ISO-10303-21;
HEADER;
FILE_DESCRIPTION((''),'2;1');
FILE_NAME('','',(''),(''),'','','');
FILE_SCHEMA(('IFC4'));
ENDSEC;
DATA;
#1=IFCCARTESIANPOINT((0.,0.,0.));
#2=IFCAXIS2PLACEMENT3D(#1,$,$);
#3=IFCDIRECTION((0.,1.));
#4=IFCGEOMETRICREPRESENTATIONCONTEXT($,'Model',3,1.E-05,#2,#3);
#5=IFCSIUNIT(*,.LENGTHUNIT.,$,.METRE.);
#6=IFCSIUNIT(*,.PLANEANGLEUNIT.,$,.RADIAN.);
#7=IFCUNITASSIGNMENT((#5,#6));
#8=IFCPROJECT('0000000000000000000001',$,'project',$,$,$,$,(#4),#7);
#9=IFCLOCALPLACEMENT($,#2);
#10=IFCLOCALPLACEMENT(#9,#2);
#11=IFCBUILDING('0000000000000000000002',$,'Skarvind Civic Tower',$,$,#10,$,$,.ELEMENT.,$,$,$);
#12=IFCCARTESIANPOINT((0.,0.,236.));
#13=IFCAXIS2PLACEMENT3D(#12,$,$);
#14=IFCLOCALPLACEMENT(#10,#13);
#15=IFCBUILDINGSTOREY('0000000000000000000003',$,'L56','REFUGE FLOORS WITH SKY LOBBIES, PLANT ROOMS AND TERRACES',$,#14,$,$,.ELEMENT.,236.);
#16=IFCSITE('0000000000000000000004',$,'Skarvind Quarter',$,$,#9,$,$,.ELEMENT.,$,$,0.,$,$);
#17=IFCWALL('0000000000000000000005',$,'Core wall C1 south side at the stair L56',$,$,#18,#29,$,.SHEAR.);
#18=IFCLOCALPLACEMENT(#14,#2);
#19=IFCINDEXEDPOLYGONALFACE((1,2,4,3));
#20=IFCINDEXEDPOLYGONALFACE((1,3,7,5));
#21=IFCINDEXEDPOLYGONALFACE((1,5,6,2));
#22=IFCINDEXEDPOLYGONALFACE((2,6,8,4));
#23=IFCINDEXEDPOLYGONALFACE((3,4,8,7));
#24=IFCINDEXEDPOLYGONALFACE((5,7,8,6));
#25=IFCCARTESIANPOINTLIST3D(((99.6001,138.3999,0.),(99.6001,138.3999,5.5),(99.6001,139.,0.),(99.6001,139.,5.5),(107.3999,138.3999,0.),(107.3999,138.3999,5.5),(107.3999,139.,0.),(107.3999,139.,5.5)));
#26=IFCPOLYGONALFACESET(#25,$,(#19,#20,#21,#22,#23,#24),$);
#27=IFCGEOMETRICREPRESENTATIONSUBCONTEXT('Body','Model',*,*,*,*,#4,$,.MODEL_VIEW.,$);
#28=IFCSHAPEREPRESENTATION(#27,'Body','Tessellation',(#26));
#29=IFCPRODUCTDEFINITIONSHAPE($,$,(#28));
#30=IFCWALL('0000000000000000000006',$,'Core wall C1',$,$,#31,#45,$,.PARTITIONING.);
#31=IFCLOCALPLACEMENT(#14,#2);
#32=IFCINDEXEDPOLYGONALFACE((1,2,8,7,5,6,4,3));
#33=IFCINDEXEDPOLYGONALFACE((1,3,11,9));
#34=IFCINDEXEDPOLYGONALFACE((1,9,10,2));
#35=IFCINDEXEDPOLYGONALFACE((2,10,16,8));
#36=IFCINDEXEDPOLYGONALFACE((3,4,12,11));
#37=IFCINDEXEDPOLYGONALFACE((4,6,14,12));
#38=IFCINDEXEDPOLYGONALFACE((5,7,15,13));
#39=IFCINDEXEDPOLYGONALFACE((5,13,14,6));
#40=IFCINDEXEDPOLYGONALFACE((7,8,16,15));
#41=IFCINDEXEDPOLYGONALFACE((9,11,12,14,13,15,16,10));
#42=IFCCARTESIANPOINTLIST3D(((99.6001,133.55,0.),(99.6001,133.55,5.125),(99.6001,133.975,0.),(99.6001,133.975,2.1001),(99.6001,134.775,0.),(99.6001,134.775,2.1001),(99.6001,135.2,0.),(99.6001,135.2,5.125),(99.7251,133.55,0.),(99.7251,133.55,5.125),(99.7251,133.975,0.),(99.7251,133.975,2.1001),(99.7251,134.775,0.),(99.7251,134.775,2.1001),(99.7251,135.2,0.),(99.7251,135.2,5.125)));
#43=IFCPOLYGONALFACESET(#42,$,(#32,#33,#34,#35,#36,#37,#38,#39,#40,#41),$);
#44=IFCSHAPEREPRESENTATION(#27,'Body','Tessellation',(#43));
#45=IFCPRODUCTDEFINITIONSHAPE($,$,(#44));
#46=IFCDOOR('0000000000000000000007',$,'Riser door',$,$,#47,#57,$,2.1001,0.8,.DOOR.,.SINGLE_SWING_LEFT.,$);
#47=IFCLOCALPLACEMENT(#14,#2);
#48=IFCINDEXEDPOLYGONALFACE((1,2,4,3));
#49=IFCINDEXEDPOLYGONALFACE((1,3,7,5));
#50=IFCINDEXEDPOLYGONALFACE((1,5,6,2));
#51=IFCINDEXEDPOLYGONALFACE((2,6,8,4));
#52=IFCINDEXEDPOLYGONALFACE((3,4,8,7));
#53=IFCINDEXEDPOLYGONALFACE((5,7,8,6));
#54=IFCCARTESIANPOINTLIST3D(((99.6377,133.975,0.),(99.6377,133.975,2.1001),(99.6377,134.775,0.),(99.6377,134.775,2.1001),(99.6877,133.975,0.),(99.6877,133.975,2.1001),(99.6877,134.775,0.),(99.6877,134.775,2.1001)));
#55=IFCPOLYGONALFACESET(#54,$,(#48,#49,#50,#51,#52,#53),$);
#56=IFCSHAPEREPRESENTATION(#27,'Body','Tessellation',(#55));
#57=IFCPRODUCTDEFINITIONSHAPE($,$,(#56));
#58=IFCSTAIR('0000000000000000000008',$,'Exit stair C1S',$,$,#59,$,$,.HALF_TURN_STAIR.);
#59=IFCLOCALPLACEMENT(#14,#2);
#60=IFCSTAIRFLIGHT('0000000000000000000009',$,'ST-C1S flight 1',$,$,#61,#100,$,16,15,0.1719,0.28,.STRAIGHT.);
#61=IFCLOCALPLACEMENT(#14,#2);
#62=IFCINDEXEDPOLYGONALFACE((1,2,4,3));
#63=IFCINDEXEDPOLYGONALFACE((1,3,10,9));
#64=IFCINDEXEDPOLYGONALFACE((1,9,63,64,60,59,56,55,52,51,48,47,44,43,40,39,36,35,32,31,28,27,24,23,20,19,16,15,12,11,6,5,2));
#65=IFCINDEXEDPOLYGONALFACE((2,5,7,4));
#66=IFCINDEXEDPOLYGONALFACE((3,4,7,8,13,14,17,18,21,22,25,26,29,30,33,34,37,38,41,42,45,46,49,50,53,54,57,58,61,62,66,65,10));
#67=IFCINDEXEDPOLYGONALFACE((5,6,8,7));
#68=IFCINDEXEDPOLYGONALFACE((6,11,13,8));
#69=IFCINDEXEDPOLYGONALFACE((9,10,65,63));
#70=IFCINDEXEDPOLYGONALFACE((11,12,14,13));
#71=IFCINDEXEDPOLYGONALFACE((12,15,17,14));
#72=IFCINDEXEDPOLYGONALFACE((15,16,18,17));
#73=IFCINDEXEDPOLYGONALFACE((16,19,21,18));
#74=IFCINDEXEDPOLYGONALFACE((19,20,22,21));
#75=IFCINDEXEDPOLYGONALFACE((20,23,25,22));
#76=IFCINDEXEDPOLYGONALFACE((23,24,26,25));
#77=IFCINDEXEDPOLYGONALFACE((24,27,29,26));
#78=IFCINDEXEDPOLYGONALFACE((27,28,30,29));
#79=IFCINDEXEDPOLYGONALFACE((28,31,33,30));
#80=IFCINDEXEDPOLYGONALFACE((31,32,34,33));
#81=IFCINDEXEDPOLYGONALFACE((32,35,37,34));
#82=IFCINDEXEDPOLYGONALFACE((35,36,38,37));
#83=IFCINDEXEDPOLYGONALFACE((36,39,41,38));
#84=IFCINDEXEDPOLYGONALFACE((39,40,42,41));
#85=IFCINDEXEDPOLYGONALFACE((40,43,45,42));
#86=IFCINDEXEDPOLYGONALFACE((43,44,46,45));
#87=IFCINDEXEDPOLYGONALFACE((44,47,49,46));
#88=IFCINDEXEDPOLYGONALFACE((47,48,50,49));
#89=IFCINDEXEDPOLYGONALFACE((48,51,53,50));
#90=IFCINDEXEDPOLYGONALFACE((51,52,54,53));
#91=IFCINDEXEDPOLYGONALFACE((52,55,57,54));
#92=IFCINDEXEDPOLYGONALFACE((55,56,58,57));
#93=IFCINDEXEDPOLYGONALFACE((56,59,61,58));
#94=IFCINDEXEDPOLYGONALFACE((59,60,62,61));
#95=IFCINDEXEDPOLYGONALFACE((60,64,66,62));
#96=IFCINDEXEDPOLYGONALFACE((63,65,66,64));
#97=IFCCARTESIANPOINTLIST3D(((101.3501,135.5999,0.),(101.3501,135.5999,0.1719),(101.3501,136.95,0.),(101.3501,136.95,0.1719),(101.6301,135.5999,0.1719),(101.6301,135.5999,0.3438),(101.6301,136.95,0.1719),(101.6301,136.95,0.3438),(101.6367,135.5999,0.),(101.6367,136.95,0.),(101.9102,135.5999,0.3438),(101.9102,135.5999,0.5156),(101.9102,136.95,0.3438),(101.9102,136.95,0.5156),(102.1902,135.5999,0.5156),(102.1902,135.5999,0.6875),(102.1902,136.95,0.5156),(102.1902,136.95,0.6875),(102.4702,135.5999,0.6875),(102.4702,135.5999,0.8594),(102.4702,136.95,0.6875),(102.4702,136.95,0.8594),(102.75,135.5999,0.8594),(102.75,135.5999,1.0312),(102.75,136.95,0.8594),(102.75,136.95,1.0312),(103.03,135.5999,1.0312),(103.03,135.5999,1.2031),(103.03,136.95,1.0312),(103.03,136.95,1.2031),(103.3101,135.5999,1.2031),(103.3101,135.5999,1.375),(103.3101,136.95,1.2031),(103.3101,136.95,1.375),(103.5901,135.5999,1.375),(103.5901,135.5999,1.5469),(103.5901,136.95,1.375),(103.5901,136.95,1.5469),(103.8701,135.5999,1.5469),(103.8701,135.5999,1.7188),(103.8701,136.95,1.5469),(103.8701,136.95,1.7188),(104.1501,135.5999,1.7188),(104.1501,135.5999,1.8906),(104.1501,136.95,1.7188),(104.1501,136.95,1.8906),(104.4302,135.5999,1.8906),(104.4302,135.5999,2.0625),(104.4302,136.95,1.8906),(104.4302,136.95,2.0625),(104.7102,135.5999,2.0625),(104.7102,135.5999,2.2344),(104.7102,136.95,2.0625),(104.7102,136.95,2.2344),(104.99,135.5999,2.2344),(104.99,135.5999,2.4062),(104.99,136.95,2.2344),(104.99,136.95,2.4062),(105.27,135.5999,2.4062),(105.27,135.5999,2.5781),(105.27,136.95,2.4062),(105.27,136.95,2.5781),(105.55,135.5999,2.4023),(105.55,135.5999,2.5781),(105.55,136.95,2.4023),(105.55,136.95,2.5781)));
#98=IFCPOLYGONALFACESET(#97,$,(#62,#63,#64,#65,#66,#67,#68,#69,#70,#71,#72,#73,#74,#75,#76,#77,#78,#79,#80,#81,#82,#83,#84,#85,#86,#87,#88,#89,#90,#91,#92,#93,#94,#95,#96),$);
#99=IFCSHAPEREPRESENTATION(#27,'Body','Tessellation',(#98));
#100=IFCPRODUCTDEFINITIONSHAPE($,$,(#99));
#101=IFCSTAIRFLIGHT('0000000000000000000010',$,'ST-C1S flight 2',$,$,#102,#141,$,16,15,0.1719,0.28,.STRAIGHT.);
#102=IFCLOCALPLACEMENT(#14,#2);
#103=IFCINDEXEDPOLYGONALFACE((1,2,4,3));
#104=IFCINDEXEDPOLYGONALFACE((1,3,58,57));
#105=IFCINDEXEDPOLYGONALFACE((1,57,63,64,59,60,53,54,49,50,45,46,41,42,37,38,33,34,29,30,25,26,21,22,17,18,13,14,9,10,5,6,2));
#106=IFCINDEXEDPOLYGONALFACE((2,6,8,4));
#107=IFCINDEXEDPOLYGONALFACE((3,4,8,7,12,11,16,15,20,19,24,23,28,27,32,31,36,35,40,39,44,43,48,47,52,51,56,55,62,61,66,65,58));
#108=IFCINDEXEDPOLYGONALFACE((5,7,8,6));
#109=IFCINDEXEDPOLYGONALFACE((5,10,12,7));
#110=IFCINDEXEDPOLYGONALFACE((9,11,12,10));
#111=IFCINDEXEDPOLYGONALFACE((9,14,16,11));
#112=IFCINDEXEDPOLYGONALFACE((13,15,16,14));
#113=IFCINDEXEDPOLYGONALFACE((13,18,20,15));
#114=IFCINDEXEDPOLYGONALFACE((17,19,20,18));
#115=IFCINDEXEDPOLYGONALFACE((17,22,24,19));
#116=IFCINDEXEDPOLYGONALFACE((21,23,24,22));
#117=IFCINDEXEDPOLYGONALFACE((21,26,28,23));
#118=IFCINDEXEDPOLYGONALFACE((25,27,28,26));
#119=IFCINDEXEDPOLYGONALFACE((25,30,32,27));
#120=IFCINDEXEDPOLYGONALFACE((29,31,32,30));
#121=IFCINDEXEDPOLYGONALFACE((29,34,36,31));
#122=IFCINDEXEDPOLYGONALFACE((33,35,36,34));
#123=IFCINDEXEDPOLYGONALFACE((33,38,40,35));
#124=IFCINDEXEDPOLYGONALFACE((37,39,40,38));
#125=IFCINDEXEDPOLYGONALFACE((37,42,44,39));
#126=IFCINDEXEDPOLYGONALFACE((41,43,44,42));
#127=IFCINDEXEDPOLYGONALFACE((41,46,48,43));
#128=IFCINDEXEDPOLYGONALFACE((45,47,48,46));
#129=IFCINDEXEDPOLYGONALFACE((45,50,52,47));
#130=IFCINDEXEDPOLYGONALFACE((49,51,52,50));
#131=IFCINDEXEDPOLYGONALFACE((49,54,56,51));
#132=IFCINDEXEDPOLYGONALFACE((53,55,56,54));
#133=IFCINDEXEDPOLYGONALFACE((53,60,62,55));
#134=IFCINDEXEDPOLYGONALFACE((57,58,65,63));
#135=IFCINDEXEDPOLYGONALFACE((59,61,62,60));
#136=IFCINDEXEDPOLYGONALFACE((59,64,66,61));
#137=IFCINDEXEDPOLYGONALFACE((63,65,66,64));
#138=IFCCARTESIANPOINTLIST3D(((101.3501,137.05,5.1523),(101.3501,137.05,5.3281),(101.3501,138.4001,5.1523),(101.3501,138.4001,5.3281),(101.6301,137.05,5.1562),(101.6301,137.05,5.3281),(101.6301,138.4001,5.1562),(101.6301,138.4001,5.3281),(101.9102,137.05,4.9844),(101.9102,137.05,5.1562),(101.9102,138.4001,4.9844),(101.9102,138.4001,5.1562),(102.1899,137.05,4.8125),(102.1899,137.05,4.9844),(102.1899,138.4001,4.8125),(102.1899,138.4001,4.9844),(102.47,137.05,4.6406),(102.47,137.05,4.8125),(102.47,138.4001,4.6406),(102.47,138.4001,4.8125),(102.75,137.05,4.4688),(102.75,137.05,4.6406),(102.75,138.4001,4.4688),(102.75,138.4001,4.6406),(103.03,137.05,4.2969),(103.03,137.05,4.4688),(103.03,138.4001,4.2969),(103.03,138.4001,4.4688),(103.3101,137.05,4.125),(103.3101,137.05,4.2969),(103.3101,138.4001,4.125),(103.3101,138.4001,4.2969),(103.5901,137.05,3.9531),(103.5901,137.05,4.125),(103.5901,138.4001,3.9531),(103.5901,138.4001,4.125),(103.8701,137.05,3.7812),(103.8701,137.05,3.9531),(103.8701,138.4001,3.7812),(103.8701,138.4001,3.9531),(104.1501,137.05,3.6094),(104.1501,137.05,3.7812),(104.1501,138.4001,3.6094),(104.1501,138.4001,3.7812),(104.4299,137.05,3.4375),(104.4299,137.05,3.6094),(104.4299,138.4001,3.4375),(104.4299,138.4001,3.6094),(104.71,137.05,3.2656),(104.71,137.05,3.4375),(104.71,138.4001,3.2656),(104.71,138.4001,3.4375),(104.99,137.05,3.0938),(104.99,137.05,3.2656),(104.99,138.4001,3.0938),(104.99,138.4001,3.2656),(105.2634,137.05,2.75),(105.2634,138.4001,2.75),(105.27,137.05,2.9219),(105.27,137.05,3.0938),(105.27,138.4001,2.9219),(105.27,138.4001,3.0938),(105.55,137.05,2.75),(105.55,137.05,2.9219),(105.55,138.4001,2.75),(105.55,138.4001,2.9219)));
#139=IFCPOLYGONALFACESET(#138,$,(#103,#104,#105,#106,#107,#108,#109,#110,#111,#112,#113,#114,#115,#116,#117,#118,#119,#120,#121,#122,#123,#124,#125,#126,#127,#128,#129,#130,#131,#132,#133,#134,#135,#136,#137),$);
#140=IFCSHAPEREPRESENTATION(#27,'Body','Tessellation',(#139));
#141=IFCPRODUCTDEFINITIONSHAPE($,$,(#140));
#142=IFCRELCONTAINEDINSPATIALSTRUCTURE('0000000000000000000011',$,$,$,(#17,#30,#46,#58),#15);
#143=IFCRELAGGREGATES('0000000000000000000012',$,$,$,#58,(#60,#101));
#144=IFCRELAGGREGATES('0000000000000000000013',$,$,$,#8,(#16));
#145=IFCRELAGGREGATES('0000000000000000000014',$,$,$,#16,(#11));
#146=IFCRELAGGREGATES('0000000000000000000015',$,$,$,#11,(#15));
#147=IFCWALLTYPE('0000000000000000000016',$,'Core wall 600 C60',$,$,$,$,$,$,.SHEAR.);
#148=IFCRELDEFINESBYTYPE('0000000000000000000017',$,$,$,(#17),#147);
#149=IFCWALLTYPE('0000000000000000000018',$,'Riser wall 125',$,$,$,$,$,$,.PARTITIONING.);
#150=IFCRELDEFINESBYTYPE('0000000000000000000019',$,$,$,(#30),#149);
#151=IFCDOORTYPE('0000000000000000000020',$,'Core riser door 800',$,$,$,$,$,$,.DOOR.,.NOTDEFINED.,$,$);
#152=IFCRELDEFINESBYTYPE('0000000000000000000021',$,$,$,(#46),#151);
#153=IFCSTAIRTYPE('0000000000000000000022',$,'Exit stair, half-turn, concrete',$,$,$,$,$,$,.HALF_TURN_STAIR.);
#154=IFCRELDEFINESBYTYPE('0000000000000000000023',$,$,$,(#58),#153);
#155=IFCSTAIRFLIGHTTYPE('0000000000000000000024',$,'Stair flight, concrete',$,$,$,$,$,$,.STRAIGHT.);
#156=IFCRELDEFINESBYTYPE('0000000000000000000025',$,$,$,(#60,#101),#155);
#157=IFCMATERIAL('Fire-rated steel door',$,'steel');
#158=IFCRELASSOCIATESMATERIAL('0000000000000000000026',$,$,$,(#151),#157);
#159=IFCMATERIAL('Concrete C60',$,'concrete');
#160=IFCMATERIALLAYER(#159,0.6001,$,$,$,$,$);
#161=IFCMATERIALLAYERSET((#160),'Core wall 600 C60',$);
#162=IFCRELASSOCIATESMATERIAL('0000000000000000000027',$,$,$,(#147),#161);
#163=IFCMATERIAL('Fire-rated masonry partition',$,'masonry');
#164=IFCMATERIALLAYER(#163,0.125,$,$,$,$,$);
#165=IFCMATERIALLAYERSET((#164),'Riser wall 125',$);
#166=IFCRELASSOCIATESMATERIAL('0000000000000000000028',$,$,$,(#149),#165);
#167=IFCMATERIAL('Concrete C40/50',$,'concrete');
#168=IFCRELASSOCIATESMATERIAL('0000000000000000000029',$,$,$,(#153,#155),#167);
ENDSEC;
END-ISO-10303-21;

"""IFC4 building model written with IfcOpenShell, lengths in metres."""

from ifc_helpers import new_model, si_unit, direction, frame, frame_2d, origin, place, context, subcontext, project, spatial, polyline, rectangle, outline, extrude, material, layer, layer_set, type_object, element, fill, aggregate, save


model = new_model("IFC4")

# Units and contexts
model_context = context("Model", 3, precision=1e-05, world=origin(), true_north=direction((0.0, 1.0)))
body_context = subcontext(model_context, "Body", "Model", "MODEL_VIEW")
ifc_project = project(units=[si_unit("LENGTHUNIT", "METRE"), si_unit("PLANEANGLEUNIT", "RADIAN")], contexts=[model_context])

# Site, building, storey
site_placement = place(None, origin())
site = spatial("IfcSite", under=ifc_project, at=site_placement, Name="Skarvind Quarter", CompositionType="ELEMENT", RefElevation=0.0)
building_placement = place(site_placement, origin())
building = spatial("IfcBuilding", under=site, at=building_placement, Name="Skarvind Civic Tower", CompositionType="ELEMENT")
storey_placement = place(building_placement, frame((0.0, 0.0, 236.0)))
storey = spatial("IfcBuildingStorey", under=building, at=storey_placement, Name="L56", Description="REFUGE FLOORS WITH SKY LOBBIES, PLANT ROOMS AND TERRACES", CompositionType="ELEMENT", Elevation=236.0)

# Shared definitions
ifc_material_1 = material(Name="Concrete C60", Category="concrete")
ifc_material_2 = material(Name="Fire-rated steel door", Category="steel")
door_type_1 = type_object("IfcDoorType", Name="Core riser door 800", OperationType="NOTDEFINED", PredefinedType="DOOR", material=ifc_material_2)

# Wall
ifc_layer_1 = layer(ifc_material_1, 0.6001)
ifc_layer_set_1 = layer_set([ifc_layer_1], Name="Core wall 600 C60")
wall_type_1 = type_object("IfcWallType", Name="Core wall 600 C60", PredefinedType="SHEAR", material=ifc_layer_set_1)
wall_1_placement = place(storey_placement, frame((107.3999, 138.7, 0.0), z_axis=(0.0, 0.0, 1.0), x_axis=(-1.0, 0.0, 0.0)))
element("IfcWall", 1, at=wall_1_placement, inside=storey, type_object=wall_type_1, Name="Core wall C1 south side at the stair L56", PredefinedType="SHEAR", context=body_context, shape_type="SweptSolid", body=[
    extrude(rectangle(XDim=7.7998, YDim=0.6001, at=frame_2d((3.8999, 0.0))), origin(), (0.0, 0.0, 1.0), 5.5),
])

# Wall, opening, door
ifc_material_3 = material(Name="Fire-rated masonry partition", Category="masonry")
ifc_layer_2 = layer(ifc_material_3, 0.125)
ifc_layer_set_2 = layer_set([ifc_layer_2], Name="Riser wall 125")
wall_type_2 = type_object("IfcWallType", Name="Riser wall 125", PredefinedType="PARTITIONING", material=ifc_layer_set_2)
wall_2_placement = place(storey_placement, frame((99.6626, 133.55, 0.0), z_axis=(0.0, 0.0, 1.0), x_axis=(0.0, 1.0, 0.0)))
wall_2 = element("IfcWall", 2, at=wall_2_placement, inside=storey, type_object=wall_type_2, Name="Core wall C1", PredefinedType="PARTITIONING", context=body_context, shape_type="SweptSolid", body=[
    extrude(rectangle(XDim=1.6499, YDim=0.125, at=frame_2d((0.825, 0.0))), origin(), (0.0, 0.0, 1.0), 5.125),
])
opening_1_placement = place(wall_2_placement, frame((0.425, 0.0, 0.0)))
opening_1 = element("IfcOpeningElement", 3, at=opening_1_placement, cuts=wall_2, PredefinedType="OPENING", context=body_context, shape_type="SweptSolid", body=[
    extrude(rectangle(XDim=0.8, YDim=2.1001, at=frame_2d((0.3999, 1.05))), frame((0.0, 0.0725, 0.0), z_axis=(0.0, -1.0, 0.0), x_axis=(1.0, 0.0, 0.0)), (0.0, 0.0, 1.0), 0.145),
])
door_1_placement = place(opening_1_placement, origin())
door_1 = element("IfcDoor", 4, at=door_1_placement, inside=storey, type_object=door_type_1, Name="Riser door", OperationType="SINGLE_SWING_LEFT", OverallHeight=2.1001, OverallWidth=0.8, PredefinedType="DOOR", context=body_context, shape_type="SweptSolid", body=[
    extrude(rectangle(XDim=0.8, YDim=2.1001, at=frame_2d((0.3999, 1.05))), frame((0.0, 0.0249, 0.0), z_axis=(0.0, -1.0, 0.0), x_axis=(1.0, 0.0, 0.0)), (0.0, 0.0, 1.0), 0.05),
])
fill(opening_1, door_1)

# Stair, stair flights
ifc_material_4 = material(Name="Concrete C40/50", Category="concrete")
stair_type = type_object("IfcStairType", Name="Exit stair, half-turn, concrete", PredefinedType="HALF_TURN_STAIR", material=ifc_material_4)
stair_placement = place(storey_placement, origin())
stair = element("IfcStair", 5, at=stair_placement, inside=storey, type_object=stair_type, Name="Exit stair C1S", PredefinedType="HALF_TURN_STAIR")
stair_flight_type = type_object("IfcStairFlightType", Name="Stair flight, concrete", PredefinedType="STRAIGHT", material=ifc_material_4)
stair_flight_1_placement = place(storey_placement, frame((101.3501, 136.2749, 0.0), z_axis=(0.0, 0.0, 1.0), x_axis=(1.0, 0.0, 0.0)))
stair_flight_1 = element("IfcStairFlight", 6, at=stair_flight_1_placement, type_object=stair_flight_type, Name="ST-C1S flight 1", NumberOfRisers=16, NumberOfTreads=15, PredefinedType="STRAIGHT", RiserHeight=0.1719, TreadLength=0.28, context=body_context, shape_type="SweptSolid", body=[
    extrude(outline(polyline([(0.0, 0.0), (0.0, 0.1719), (0.28, 0.1719), (0.28, 0.3438), (0.5601, 0.3438), (0.5601, 0.5156), (0.8401, 0.5156), (0.8401, 0.6875), (1.1201, 0.6875), (1.1201, 0.8594), (1.3999, 0.8594), (1.3999, 1.0312), (1.6799, 1.0312), (1.6799, 1.2031), (1.96, 1.2031), (1.96, 1.375), (2.24, 1.375), (2.24, 1.5469), (2.52, 1.5469), (2.52, 1.7188), (2.8, 1.7188), (2.8, 1.8906), (3.0801, 1.8906), (3.0801, 2.0625), (3.3601, 2.0625), (3.3601, 2.2344), (3.6399, 2.2344), (3.6399, 2.4062), (3.9199, 2.4062), (3.9199, 2.5781), (4.2, 2.5781), (4.2, 2.75), (4.2, 2.4023), (0.2866, 0.0), (0.0, 0.0)])), frame((0.0, 0.675, 0.0), z_axis=(0.0, -1.0, 0.0), x_axis=(1.0, 0.0, 0.0)), (0.0, 0.0, 1.0), 1.3501),
])
stair_flight_2_placement = place(storey_placement, frame((105.55, 137.7251, 2.75), z_axis=(0.0, 0.0, 1.0), x_axis=(-1.0, 0.0, 0.0)))
stair_flight_2 = element("IfcStairFlight", 7, at=stair_flight_2_placement, type_object=stair_flight_type, Name="ST-C1S flight 2", NumberOfRisers=16, NumberOfTreads=15, PredefinedType="STRAIGHT", RiserHeight=0.1719, TreadLength=0.28, context=body_context, shape_type="SweptSolid", body=[
    extrude(outline(polyline([(0.0, 0.0), (0.0, 0.1719), (0.28, 0.1719), (0.28, 0.3438), (0.5601, 0.3438), (0.5601, 0.5156), (0.8401, 0.5156), (0.8401, 0.6875), (1.1201, 0.6875), (1.1201, 0.8594), (1.3999, 0.8594), (1.3999, 1.0312), (1.6799, 1.0312), (1.6799, 1.2031), (1.96, 1.2031), (1.96, 1.375), (2.24, 1.375), (2.24, 1.5469), (2.52, 1.5469), (2.52, 1.7188), (2.8, 1.7188), (2.8, 1.8906), (3.0801, 1.8906), (3.0801, 2.0625), (3.3601, 2.0625), (3.3601, 2.2344), (3.6399, 2.2344), (3.6399, 2.4062), (3.9199, 2.4062), (3.9199, 2.5781), (4.2, 2.5781), (4.2, 2.75), (4.2, 2.4023), (0.2866, 0.0), (0.0, 0.0)])), frame((0.0, 0.675, 0.0), z_axis=(0.0, -1.0, 0.0), x_axis=(1.0, 0.0, 0.0)), (0.0, 0.0, 1.0), 1.3501),
])
aggregate(stair, [stair_flight_1, stair_flight_2])

save(model, "model.ifc")
